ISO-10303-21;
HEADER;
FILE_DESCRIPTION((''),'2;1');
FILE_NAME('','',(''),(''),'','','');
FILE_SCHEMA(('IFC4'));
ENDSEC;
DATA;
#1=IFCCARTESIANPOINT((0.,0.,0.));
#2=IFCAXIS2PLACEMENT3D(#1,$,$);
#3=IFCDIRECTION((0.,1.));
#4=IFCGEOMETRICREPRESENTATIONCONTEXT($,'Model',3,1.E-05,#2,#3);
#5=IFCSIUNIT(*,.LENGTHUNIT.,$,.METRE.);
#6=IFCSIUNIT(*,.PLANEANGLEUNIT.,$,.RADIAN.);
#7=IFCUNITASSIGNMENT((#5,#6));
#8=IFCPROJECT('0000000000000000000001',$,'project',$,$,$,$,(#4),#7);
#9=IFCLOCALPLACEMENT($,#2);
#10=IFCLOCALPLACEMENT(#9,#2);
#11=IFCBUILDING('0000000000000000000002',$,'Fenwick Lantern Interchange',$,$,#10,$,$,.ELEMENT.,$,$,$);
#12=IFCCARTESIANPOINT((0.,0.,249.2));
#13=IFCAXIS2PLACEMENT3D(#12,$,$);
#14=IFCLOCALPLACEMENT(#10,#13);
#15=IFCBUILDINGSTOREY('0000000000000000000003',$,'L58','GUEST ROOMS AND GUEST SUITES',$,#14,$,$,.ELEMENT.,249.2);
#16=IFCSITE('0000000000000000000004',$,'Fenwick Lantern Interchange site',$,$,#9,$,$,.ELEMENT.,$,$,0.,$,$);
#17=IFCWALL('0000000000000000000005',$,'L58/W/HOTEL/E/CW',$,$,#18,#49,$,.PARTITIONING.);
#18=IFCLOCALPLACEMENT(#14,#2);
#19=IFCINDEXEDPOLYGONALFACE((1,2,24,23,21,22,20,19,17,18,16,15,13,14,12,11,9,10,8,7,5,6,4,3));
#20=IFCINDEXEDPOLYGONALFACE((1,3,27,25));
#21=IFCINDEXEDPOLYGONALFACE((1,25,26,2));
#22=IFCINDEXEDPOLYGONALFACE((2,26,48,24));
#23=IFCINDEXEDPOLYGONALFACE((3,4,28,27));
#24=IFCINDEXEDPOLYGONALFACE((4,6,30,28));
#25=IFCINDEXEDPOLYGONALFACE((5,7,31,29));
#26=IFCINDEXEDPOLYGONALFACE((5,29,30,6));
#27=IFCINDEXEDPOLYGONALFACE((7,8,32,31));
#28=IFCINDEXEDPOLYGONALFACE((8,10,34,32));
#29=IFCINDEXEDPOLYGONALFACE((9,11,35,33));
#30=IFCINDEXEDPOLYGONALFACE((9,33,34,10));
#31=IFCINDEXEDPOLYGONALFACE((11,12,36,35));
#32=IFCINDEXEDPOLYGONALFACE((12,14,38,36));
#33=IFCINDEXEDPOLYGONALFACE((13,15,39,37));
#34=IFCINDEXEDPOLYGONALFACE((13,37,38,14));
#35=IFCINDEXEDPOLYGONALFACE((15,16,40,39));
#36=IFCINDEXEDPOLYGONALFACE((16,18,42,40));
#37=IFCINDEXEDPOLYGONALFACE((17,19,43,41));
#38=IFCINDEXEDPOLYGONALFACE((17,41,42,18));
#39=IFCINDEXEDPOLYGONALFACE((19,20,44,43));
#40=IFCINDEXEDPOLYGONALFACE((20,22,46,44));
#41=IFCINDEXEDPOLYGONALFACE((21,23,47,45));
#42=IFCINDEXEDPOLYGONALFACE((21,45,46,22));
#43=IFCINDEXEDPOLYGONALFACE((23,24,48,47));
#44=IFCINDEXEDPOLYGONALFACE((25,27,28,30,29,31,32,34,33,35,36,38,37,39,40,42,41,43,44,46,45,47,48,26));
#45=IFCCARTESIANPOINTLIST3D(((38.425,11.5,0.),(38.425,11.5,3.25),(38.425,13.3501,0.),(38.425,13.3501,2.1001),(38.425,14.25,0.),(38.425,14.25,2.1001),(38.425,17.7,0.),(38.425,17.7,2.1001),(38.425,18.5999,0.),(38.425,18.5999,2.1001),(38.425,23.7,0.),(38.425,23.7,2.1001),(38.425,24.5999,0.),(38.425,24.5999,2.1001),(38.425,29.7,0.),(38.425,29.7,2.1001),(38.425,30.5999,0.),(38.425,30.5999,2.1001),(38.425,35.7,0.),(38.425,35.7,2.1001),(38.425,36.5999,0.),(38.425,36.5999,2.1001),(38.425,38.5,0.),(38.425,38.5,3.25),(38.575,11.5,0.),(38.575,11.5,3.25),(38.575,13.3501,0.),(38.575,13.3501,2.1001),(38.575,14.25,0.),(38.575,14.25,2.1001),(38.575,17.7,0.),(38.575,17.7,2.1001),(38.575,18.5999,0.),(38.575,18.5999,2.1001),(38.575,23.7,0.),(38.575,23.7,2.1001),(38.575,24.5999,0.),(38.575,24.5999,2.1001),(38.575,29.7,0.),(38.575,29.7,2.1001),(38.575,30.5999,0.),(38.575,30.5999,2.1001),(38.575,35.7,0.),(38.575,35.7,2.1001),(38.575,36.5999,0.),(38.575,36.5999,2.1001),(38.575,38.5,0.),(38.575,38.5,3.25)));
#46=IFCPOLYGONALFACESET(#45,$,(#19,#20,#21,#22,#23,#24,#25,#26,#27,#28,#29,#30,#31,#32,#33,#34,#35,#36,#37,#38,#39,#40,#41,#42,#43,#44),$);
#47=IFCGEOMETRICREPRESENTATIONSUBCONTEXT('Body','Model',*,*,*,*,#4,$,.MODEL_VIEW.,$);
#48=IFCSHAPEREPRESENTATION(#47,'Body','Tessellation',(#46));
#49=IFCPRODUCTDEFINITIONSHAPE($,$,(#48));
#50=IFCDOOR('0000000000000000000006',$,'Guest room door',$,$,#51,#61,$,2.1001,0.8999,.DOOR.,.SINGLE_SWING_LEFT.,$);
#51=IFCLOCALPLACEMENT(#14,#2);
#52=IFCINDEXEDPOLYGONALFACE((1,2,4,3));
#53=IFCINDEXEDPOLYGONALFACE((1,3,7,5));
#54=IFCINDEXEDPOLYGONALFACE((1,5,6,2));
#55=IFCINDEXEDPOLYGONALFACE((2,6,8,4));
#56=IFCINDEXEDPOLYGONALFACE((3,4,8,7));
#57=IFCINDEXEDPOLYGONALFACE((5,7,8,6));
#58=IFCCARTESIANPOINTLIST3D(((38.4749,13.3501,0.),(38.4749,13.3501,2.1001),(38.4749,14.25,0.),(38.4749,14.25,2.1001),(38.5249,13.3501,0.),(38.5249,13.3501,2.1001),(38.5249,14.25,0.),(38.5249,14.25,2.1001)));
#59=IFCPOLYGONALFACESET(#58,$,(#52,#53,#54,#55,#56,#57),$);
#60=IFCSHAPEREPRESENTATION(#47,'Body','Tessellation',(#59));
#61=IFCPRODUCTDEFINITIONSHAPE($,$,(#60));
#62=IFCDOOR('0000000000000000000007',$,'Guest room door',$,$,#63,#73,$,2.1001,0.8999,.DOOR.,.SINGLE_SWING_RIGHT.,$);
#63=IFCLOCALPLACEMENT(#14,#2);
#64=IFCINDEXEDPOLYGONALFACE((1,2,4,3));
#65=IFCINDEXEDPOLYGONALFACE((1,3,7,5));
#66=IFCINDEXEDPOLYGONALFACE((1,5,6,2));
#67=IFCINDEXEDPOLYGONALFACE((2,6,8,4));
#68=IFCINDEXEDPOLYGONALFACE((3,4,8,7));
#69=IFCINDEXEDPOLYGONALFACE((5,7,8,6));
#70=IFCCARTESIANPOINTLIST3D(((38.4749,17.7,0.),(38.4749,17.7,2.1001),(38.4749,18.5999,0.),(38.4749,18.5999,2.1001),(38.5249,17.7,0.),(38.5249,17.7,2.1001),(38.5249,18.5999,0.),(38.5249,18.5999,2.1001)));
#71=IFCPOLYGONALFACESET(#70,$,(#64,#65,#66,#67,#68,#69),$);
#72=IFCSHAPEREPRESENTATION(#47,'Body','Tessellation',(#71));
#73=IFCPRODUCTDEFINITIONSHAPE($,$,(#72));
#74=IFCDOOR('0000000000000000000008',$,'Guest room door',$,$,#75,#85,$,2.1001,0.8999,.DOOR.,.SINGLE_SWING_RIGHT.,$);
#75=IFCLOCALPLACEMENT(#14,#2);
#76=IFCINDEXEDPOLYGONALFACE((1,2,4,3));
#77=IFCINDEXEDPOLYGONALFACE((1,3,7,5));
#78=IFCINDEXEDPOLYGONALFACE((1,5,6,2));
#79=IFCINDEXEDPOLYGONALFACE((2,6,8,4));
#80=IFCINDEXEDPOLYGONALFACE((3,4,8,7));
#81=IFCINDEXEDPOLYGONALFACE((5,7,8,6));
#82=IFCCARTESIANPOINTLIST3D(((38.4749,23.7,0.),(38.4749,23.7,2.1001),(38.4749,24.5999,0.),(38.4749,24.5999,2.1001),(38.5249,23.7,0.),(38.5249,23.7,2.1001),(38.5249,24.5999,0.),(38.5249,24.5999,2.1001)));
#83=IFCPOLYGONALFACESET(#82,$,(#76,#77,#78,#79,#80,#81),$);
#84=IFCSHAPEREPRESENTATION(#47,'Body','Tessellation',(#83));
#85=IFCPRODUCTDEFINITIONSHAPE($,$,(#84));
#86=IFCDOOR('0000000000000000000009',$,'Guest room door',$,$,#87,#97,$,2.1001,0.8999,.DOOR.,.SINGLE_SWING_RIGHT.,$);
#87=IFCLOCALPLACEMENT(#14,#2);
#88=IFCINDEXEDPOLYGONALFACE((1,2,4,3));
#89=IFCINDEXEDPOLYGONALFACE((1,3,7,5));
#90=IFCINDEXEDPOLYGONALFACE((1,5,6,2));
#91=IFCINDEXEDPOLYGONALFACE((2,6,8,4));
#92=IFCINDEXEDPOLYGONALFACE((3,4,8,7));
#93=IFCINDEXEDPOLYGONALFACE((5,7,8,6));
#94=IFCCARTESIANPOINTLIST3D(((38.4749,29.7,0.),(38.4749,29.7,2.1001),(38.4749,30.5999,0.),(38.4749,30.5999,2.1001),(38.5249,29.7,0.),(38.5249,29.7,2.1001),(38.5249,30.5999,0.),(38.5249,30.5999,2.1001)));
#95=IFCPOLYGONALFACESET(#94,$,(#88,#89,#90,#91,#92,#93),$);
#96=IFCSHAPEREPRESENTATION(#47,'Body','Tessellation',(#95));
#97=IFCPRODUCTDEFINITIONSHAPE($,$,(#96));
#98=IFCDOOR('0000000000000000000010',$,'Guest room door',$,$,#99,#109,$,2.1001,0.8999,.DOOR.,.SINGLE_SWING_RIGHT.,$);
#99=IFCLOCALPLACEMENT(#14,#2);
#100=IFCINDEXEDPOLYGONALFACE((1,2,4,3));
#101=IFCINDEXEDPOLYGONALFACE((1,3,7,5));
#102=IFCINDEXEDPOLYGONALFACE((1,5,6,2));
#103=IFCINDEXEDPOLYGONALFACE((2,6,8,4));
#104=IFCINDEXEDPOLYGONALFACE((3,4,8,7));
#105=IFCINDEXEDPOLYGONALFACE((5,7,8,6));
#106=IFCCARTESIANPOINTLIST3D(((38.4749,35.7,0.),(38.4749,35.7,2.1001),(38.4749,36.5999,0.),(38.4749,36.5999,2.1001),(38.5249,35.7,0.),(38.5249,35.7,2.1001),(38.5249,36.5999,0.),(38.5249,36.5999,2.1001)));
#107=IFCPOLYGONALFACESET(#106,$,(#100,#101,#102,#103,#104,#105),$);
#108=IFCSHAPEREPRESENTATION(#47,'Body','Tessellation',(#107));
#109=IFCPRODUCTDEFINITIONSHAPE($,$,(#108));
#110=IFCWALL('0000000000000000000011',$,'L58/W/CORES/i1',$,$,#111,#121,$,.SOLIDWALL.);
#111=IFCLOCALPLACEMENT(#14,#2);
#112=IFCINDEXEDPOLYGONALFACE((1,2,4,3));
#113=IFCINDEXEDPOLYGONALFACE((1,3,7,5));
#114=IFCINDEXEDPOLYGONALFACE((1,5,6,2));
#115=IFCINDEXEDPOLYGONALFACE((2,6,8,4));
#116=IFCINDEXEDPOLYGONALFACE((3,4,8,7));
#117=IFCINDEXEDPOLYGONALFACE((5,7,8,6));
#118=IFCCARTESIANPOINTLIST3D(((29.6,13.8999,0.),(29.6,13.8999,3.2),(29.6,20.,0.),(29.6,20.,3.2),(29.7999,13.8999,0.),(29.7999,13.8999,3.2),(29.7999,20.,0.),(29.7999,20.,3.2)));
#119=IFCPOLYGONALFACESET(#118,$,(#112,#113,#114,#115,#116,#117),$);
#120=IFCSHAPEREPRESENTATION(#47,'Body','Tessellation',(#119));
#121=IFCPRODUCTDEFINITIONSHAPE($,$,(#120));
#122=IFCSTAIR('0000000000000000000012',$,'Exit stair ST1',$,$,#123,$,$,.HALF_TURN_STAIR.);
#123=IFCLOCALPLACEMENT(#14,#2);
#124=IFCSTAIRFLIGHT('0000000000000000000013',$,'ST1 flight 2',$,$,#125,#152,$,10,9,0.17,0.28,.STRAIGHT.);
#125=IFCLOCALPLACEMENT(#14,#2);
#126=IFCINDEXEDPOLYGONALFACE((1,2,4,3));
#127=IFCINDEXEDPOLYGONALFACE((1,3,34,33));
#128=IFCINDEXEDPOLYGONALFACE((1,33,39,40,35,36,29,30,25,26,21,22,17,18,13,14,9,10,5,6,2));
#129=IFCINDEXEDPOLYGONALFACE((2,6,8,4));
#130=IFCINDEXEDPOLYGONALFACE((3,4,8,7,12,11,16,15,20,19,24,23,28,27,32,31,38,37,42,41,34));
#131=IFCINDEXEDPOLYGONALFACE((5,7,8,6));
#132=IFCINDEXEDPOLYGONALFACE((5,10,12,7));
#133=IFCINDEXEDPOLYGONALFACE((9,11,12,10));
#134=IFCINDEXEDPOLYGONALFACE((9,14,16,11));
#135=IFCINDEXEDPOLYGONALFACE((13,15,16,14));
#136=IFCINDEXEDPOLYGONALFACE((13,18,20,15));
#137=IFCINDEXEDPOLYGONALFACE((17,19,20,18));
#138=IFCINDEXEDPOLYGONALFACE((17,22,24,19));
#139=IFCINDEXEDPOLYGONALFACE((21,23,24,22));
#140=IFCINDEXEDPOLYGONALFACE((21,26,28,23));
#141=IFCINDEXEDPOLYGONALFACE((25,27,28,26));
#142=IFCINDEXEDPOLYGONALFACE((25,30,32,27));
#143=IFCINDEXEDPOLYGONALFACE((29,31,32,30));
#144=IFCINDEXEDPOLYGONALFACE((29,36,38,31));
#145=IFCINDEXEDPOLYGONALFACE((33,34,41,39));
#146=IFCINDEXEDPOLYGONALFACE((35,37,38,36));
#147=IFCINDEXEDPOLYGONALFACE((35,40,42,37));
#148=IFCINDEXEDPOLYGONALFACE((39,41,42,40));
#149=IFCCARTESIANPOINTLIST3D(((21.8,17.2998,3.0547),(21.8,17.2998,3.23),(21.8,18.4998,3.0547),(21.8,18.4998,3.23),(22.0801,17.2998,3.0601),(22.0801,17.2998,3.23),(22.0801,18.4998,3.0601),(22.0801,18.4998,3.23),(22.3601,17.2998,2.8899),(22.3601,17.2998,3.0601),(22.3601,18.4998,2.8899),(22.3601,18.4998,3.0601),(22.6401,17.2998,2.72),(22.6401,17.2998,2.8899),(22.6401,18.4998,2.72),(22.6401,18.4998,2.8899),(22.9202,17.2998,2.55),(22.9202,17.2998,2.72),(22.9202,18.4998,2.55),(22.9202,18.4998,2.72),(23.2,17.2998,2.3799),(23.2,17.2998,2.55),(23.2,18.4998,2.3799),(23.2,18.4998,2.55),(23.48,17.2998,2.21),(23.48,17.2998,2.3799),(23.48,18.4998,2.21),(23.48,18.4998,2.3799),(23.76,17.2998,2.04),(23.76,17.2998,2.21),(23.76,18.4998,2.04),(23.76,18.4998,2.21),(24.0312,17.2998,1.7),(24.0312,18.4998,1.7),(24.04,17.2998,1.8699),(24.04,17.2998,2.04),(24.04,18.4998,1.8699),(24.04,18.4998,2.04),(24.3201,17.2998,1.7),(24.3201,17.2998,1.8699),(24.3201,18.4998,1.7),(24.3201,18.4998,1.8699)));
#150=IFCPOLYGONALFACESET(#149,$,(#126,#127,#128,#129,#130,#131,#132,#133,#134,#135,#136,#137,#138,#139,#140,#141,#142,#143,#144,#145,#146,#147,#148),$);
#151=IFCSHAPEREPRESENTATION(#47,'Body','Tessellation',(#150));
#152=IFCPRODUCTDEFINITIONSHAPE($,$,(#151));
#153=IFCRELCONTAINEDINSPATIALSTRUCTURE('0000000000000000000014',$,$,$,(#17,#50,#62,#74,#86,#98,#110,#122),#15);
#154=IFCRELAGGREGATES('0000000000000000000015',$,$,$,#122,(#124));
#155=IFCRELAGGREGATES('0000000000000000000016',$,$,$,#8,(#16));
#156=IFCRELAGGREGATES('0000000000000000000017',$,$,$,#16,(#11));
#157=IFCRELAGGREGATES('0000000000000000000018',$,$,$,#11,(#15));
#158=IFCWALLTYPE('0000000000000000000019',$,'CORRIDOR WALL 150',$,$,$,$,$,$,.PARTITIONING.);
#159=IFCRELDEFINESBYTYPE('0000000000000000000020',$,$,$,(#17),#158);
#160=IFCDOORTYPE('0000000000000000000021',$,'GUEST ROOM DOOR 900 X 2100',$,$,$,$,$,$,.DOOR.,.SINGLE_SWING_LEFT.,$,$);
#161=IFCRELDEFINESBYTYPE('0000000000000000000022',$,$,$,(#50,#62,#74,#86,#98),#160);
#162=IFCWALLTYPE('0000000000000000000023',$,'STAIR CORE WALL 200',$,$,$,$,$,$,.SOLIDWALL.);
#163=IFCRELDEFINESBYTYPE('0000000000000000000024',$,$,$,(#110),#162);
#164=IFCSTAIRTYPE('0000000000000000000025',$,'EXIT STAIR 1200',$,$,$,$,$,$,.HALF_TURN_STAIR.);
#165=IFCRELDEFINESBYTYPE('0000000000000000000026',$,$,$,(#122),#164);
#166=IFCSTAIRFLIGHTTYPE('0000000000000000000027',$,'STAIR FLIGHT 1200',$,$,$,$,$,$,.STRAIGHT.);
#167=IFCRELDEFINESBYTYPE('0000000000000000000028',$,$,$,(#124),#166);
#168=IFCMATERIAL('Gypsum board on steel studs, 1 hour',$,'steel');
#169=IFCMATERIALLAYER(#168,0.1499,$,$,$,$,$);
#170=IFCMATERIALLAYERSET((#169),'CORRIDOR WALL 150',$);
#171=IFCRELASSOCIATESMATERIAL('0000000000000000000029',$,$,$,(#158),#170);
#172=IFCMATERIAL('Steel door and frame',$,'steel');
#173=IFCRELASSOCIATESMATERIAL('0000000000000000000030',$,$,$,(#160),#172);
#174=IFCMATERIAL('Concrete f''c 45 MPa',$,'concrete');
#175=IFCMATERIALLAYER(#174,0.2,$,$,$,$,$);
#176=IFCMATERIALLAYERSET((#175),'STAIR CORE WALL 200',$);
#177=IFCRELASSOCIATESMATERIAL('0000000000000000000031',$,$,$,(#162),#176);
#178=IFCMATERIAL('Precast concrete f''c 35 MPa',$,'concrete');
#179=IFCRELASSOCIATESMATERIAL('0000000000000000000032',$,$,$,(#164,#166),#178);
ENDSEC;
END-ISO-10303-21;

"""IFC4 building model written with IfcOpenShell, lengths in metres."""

from ifc_helpers import new_model, si_unit, direction, frame, frame_2d, origin, place, context, subcontext, project, spatial, polyline, rectangle, outline, extrude, material, layer, layer_set, type_object, element, fill, aggregate, save


model = new_model("IFC4")

# Units and contexts
model_context = context("Model", 3, precision=1e-05, world=origin(), true_north=direction((0.0, 1.0)))
body_context = subcontext(model_context, "Body", "Model", "MODEL_VIEW")
ifc_project = project(units=[si_unit("LENGTHUNIT", "METRE"), si_unit("PLANEANGLEUNIT", "RADIAN")], contexts=[model_context])

# Site, building, storey
site_placement = place(None, origin())
site = spatial("IfcSite", under=ifc_project, at=site_placement, Name="Fenwick Lantern Interchange site", CompositionType="ELEMENT", RefElevation=0.0)
building_placement = place(site_placement, origin())
building = spatial("IfcBuilding", under=site, at=building_placement, Name="Fenwick Lantern Interchange", CompositionType="ELEMENT")
storey_placement = place(building_placement, frame((0.0, 0.0, 249.2)))
storey = spatial("IfcBuildingStorey", under=building, at=storey_placement, Name="L58", Description="GUEST ROOMS AND GUEST SUITES", CompositionType="ELEMENT", Elevation=249.2)

# Shared definitions
ifc_material_1 = material(Name="Steel door and frame", Category="steel")

# Wall, openings, doors
ifc_material_2 = material(Name="Gypsum board on steel studs, 1 hour", Category="steel")
ifc_layer_1 = layer(ifc_material_2, 0.1499)
ifc_layer_set_1 = layer_set([ifc_layer_1], Name="CORRIDOR WALL 150")
wall_type_1 = type_object("IfcWallType", Name="CORRIDOR WALL 150", PredefinedType="PARTITIONING", material=ifc_layer_set_1)
wall_1_placement = place(storey_placement, frame((38.5, 11.5, 0.0), z_axis=(0.0, 0.0, 1.0), x_axis=(0.0, 1.0, 0.0)))
wall_1 = element("IfcWall", 1, at=wall_1_placement, inside=storey, type_object=wall_type_1, Name="L58/W/HOTEL/E/CW", PredefinedType="PARTITIONING", context=body_context, shape_type="SweptSolid", body=[
    extrude(rectangle(XDim=27.0, YDim=0.1499, at=frame_2d((13.5, 0.0))), origin(), (0.0, 0.0, 1.0), 3.25),
])
opening_1_placement = place(wall_1_placement, frame((1.8501, 0.0, 0.0)))
opening_1 = element("IfcOpeningElement", 2, at=opening_1_placement, cuts=wall_1, PredefinedType="OPENING", context=body_context, shape_type="SweptSolid", body=[
    extrude(rectangle(XDim=0.8999, YDim=2.1001, at=frame_2d((0.45, 1.05))), frame((0.0, 0.085, 0.0), z_axis=(0.0, -1.0, 0.0), x_axis=(1.0, 0.0, 0.0)), (0.0, 0.0, 1.0), 0.1699),
])
opening_2_placement = place(wall_1_placement, frame((6.2, 0.0, 0.0)))
opening_2 = element("IfcOpeningElement", 3, at=opening_2_placement, cuts=wall_1, PredefinedType="OPENING", context=body_context, shape_type="SweptSolid", body=[
    extrude(rectangle(XDim=0.8999, YDim=2.1001, at=frame_2d((0.45, 1.05))), frame((0.0, 0.085, 0.0), z_axis=(0.0, -1.0, 0.0), x_axis=(1.0, 0.0, 0.0)), (0.0, 0.0, 1.0), 0.1699),
])
opening_3_placement = place(wall_1_placement, frame((12.2, 0.0, 0.0)))
opening_3 = element("IfcOpeningElement", 4, at=opening_3_placement, cuts=wall_1, PredefinedType="OPENING", context=body_context, shape_type="SweptSolid", body=[
    extrude(rectangle(XDim=0.8999, YDim=2.1001, at=frame_2d((0.45, 1.05))), frame((0.0, 0.085, 0.0), z_axis=(0.0, -1.0, 0.0), x_axis=(1.0, 0.0, 0.0)), (0.0, 0.0, 1.0), 0.1699),
])
opening_4_placement = place(wall_1_placement, frame((18.2, 0.0, 0.0)))
opening_4 = element("IfcOpeningElement", 5, at=opening_4_placement, cuts=wall_1, PredefinedType="OPENING", context=body_context, shape_type="SweptSolid", body=[
    extrude(rectangle(XDim=0.8999, YDim=2.1001, at=frame_2d((0.45, 1.05))), frame((0.0, 0.085, 0.0), z_axis=(0.0, -1.0, 0.0), x_axis=(1.0, 0.0, 0.0)), (0.0, 0.0, 1.0), 0.1699),
])
opening_5_placement = place(wall_1_placement, frame((24.2, 0.0, 0.0)))
opening_5 = element("IfcOpeningElement", 6, at=opening_5_placement, cuts=wall_1, PredefinedType="OPENING", context=body_context, shape_type="SweptSolid", body=[
    extrude(rectangle(XDim=0.8999, YDim=2.1001, at=frame_2d((0.45, 1.05))), frame((0.0, 0.085, 0.0), z_axis=(0.0, -1.0, 0.0), x_axis=(1.0, 0.0, 0.0)), (0.0, 0.0, 1.0), 0.1699),
])
door_type_1 = type_object("IfcDoorType", Name="GUEST ROOM DOOR 900 X 2100", OperationType="SINGLE_SWING_LEFT", PredefinedType="DOOR", material=ifc_material_1)
door_1_placement = place(opening_1_placement, frame((0.8999, 0.0, 0.0), z_axis=(0.0, 0.0, 1.0), x_axis=(-1.0, 0.0, 0.0)))
door_1 = element("IfcDoor", 7, at=door_1_placement, inside=storey, type_object=door_type_1, Name="Guest room door", OperationType="SINGLE_SWING_LEFT", OverallHeight=2.1001, OverallWidth=0.8999, PredefinedType="DOOR", context=body_context, shape_type="SweptSolid", body=[
    extrude(rectangle(XDim=0.8999, YDim=2.1001, at=frame_2d((0.45, 1.05))), frame((0.0, 0.0249, 0.0), z_axis=(0.0, -1.0, 0.0), x_axis=(1.0, 0.0, 0.0)), (0.0, 0.0, 1.0), 0.05),
])
fill(opening_1, door_1)
door_2_placement = place(opening_2_placement, frame((0.8999, 0.0, 0.0), z_axis=(0.0, 0.0, 1.0), x_axis=(-1.0, 0.0, 0.0)))
door_2 = element("IfcDoor", 8, at=door_2_placement, inside=storey, type_object=door_type_1, Name="Guest room door", OperationType="SINGLE_SWING_RIGHT", OverallHeight=2.1001, OverallWidth=0.8999, PredefinedType="DOOR", context=body_context, shape_type="SweptSolid", body=[
    extrude(rectangle(XDim=0.8999, YDim=2.1001, at=frame_2d((0.45, 1.05))), frame((0.0, 0.0249, 0.0), z_axis=(0.0, -1.0, 0.0), x_axis=(1.0, 0.0, 0.0)), (0.0, 0.0, 1.0), 0.05),
])
fill(opening_2, door_2)
door_3_placement = place(opening_3_placement, frame((0.8999, 0.0, 0.0), z_axis=(0.0, 0.0, 1.0), x_axis=(-1.0, 0.0, 0.0)))
door_3 = element("IfcDoor", 9, at=door_3_placement, inside=storey, type_object=door_type_1, Name="Guest room door", OperationType="SINGLE_SWING_RIGHT", OverallHeight=2.1001, OverallWidth=0.8999, PredefinedType="DOOR", context=body_context, shape_type="SweptSolid", body=[
    extrude(rectangle(XDim=0.8999, YDim=2.1001, at=frame_2d((0.45, 1.05))), frame((0.0, 0.0249, 0.0), z_axis=(0.0, -1.0, 0.0), x_axis=(1.0, 0.0, 0.0)), (0.0, 0.0, 1.0), 0.05),
])
fill(opening_3, door_3)
door_4_placement = place(opening_4_placement, frame((0.8999, 0.0, 0.0), z_axis=(0.0, 0.0, 1.0), x_axis=(-1.0, 0.0, 0.0)))
door_4 = element("IfcDoor", 10, at=door_4_placement, inside=storey, type_object=door_type_1, Name="Guest room door", OperationType="SINGLE_SWING_RIGHT", OverallHeight=2.1001, OverallWidth=0.8999, PredefinedType="DOOR", context=body_context, shape_type="SweptSolid", body=[
    extrude(rectangle(XDim=0.8999, YDim=2.1001, at=frame_2d((0.45, 1.05))), frame((0.0, 0.0249, 0.0), z_axis=(0.0, -1.0, 0.0), x_axis=(1.0, 0.0, 0.0)), (0.0, 0.0, 1.0), 0.05),
])
fill(opening_4, door_4)
door_5_placement = place(opening_5_placement, frame((0.8999, 0.0, 0.0), z_axis=(0.0, 0.0, 1.0), x_axis=(-1.0, 0.0, 0.0)))
door_5 = element("IfcDoor", 11, at=door_5_placement, inside=storey, type_object=door_type_1, Name="Guest room door", OperationType="SINGLE_SWING_RIGHT", OverallHeight=2.1001, OverallWidth=0.8999, PredefinedType="DOOR", context=body_context, shape_type="SweptSolid", body=[
    extrude(rectangle(XDim=0.8999, YDim=2.1001, at=frame_2d((0.45, 1.05))), frame((0.0, 0.0249, 0.0), z_axis=(0.0, -1.0, 0.0), x_axis=(1.0, 0.0, 0.0)), (0.0, 0.0, 1.0), 0.05),
])
fill(opening_5, door_5)

# Wall
ifc_material_3 = material(Name="Concrete f'c 45 MPa", Category="concrete")
ifc_layer_2 = layer(ifc_material_3, 0.2)
ifc_layer_set_2 = layer_set([ifc_layer_2], Name="STAIR CORE WALL 200")
wall_type_2 = type_object("IfcWallType", Name="STAIR CORE WALL 200", PredefinedType="SOLIDWALL", material=ifc_layer_set_2)
wall_2_placement = place(storey_placement, frame((29.7, 13.8999, 0.0), z_axis=(0.0, 0.0, 1.0), x_axis=(0.0, 1.0, 0.0)))
element("IfcWall", 12, at=wall_2_placement, inside=storey, type_object=wall_type_2, Name="L58/W/CORES/i1", PredefinedType="SOLIDWALL", context=body_context, shape_type="SweptSolid", body=[
    extrude(rectangle(XDim=6.1001, YDim=0.2, at=frame_2d((3.05, 0.0))), origin(), (0.0, 0.0, 1.0), 3.2),
])

# Stair, stair flight
ifc_material_4 = material(Name="Precast concrete f'c 35 MPa", Category="concrete")
stair_type = type_object("IfcStairType", Name="EXIT STAIR 1200", PredefinedType="HALF_TURN_STAIR", material=ifc_material_4)
stair_placement = place(storey_placement, origin())
stair = element("IfcStair", 13, at=stair_placement, inside=storey, type_object=stair_type, Name="Exit stair ST1", PredefinedType="HALF_TURN_STAIR")
stair_flight_type = type_object("IfcStairFlightType", Name="STAIR FLIGHT 1200", PredefinedType="STRAIGHT", material=ifc_material_4)
stair_flight_placement = place(storey_placement, frame((24.3201, 17.8999, 1.7), z_axis=(0.0, 0.0, 1.0), x_axis=(-1.0, 0.0, 0.0)))
stair_flight = element("IfcStairFlight", 14, at=stair_flight_placement, type_object=stair_flight_type, Name="ST1 flight 2", NumberOfRisers=10, NumberOfTreads=9, PredefinedType="STRAIGHT", RiserHeight=0.17, TreadLength=0.28, context=body_context, shape_type="SweptSolid", body=[
    extrude(outline(polyline([(0.0, 0.0), (0.0, 0.1699), (0.28, 0.1699), (0.28, 0.3401), (0.5601, 0.3401), (0.5601, 0.51), (0.8401, 0.51), (0.8401, 0.6799), (1.1201, 0.6799), (1.1201, 0.8501), (1.3999, 0.8501), (1.3999, 1.02), (1.6799, 1.02), (1.6799, 1.1899), (1.96, 1.1899), (1.96, 1.3601), (2.24, 1.3601), (2.24, 1.53), (2.52, 1.53), (2.52, 1.7), (2.52, 1.3547), (0.2888, 0.0), (0.0, 0.0)])), frame((0.0, 0.6001, 0.0), z_axis=(0.0, -1.0, 0.0), x_axis=(1.0, 0.0, 0.0)), (0.0, 0.0, 1.0), 1.2),
])
aggregate(stair, [stair_flight])

save(model, "model.ifc")
